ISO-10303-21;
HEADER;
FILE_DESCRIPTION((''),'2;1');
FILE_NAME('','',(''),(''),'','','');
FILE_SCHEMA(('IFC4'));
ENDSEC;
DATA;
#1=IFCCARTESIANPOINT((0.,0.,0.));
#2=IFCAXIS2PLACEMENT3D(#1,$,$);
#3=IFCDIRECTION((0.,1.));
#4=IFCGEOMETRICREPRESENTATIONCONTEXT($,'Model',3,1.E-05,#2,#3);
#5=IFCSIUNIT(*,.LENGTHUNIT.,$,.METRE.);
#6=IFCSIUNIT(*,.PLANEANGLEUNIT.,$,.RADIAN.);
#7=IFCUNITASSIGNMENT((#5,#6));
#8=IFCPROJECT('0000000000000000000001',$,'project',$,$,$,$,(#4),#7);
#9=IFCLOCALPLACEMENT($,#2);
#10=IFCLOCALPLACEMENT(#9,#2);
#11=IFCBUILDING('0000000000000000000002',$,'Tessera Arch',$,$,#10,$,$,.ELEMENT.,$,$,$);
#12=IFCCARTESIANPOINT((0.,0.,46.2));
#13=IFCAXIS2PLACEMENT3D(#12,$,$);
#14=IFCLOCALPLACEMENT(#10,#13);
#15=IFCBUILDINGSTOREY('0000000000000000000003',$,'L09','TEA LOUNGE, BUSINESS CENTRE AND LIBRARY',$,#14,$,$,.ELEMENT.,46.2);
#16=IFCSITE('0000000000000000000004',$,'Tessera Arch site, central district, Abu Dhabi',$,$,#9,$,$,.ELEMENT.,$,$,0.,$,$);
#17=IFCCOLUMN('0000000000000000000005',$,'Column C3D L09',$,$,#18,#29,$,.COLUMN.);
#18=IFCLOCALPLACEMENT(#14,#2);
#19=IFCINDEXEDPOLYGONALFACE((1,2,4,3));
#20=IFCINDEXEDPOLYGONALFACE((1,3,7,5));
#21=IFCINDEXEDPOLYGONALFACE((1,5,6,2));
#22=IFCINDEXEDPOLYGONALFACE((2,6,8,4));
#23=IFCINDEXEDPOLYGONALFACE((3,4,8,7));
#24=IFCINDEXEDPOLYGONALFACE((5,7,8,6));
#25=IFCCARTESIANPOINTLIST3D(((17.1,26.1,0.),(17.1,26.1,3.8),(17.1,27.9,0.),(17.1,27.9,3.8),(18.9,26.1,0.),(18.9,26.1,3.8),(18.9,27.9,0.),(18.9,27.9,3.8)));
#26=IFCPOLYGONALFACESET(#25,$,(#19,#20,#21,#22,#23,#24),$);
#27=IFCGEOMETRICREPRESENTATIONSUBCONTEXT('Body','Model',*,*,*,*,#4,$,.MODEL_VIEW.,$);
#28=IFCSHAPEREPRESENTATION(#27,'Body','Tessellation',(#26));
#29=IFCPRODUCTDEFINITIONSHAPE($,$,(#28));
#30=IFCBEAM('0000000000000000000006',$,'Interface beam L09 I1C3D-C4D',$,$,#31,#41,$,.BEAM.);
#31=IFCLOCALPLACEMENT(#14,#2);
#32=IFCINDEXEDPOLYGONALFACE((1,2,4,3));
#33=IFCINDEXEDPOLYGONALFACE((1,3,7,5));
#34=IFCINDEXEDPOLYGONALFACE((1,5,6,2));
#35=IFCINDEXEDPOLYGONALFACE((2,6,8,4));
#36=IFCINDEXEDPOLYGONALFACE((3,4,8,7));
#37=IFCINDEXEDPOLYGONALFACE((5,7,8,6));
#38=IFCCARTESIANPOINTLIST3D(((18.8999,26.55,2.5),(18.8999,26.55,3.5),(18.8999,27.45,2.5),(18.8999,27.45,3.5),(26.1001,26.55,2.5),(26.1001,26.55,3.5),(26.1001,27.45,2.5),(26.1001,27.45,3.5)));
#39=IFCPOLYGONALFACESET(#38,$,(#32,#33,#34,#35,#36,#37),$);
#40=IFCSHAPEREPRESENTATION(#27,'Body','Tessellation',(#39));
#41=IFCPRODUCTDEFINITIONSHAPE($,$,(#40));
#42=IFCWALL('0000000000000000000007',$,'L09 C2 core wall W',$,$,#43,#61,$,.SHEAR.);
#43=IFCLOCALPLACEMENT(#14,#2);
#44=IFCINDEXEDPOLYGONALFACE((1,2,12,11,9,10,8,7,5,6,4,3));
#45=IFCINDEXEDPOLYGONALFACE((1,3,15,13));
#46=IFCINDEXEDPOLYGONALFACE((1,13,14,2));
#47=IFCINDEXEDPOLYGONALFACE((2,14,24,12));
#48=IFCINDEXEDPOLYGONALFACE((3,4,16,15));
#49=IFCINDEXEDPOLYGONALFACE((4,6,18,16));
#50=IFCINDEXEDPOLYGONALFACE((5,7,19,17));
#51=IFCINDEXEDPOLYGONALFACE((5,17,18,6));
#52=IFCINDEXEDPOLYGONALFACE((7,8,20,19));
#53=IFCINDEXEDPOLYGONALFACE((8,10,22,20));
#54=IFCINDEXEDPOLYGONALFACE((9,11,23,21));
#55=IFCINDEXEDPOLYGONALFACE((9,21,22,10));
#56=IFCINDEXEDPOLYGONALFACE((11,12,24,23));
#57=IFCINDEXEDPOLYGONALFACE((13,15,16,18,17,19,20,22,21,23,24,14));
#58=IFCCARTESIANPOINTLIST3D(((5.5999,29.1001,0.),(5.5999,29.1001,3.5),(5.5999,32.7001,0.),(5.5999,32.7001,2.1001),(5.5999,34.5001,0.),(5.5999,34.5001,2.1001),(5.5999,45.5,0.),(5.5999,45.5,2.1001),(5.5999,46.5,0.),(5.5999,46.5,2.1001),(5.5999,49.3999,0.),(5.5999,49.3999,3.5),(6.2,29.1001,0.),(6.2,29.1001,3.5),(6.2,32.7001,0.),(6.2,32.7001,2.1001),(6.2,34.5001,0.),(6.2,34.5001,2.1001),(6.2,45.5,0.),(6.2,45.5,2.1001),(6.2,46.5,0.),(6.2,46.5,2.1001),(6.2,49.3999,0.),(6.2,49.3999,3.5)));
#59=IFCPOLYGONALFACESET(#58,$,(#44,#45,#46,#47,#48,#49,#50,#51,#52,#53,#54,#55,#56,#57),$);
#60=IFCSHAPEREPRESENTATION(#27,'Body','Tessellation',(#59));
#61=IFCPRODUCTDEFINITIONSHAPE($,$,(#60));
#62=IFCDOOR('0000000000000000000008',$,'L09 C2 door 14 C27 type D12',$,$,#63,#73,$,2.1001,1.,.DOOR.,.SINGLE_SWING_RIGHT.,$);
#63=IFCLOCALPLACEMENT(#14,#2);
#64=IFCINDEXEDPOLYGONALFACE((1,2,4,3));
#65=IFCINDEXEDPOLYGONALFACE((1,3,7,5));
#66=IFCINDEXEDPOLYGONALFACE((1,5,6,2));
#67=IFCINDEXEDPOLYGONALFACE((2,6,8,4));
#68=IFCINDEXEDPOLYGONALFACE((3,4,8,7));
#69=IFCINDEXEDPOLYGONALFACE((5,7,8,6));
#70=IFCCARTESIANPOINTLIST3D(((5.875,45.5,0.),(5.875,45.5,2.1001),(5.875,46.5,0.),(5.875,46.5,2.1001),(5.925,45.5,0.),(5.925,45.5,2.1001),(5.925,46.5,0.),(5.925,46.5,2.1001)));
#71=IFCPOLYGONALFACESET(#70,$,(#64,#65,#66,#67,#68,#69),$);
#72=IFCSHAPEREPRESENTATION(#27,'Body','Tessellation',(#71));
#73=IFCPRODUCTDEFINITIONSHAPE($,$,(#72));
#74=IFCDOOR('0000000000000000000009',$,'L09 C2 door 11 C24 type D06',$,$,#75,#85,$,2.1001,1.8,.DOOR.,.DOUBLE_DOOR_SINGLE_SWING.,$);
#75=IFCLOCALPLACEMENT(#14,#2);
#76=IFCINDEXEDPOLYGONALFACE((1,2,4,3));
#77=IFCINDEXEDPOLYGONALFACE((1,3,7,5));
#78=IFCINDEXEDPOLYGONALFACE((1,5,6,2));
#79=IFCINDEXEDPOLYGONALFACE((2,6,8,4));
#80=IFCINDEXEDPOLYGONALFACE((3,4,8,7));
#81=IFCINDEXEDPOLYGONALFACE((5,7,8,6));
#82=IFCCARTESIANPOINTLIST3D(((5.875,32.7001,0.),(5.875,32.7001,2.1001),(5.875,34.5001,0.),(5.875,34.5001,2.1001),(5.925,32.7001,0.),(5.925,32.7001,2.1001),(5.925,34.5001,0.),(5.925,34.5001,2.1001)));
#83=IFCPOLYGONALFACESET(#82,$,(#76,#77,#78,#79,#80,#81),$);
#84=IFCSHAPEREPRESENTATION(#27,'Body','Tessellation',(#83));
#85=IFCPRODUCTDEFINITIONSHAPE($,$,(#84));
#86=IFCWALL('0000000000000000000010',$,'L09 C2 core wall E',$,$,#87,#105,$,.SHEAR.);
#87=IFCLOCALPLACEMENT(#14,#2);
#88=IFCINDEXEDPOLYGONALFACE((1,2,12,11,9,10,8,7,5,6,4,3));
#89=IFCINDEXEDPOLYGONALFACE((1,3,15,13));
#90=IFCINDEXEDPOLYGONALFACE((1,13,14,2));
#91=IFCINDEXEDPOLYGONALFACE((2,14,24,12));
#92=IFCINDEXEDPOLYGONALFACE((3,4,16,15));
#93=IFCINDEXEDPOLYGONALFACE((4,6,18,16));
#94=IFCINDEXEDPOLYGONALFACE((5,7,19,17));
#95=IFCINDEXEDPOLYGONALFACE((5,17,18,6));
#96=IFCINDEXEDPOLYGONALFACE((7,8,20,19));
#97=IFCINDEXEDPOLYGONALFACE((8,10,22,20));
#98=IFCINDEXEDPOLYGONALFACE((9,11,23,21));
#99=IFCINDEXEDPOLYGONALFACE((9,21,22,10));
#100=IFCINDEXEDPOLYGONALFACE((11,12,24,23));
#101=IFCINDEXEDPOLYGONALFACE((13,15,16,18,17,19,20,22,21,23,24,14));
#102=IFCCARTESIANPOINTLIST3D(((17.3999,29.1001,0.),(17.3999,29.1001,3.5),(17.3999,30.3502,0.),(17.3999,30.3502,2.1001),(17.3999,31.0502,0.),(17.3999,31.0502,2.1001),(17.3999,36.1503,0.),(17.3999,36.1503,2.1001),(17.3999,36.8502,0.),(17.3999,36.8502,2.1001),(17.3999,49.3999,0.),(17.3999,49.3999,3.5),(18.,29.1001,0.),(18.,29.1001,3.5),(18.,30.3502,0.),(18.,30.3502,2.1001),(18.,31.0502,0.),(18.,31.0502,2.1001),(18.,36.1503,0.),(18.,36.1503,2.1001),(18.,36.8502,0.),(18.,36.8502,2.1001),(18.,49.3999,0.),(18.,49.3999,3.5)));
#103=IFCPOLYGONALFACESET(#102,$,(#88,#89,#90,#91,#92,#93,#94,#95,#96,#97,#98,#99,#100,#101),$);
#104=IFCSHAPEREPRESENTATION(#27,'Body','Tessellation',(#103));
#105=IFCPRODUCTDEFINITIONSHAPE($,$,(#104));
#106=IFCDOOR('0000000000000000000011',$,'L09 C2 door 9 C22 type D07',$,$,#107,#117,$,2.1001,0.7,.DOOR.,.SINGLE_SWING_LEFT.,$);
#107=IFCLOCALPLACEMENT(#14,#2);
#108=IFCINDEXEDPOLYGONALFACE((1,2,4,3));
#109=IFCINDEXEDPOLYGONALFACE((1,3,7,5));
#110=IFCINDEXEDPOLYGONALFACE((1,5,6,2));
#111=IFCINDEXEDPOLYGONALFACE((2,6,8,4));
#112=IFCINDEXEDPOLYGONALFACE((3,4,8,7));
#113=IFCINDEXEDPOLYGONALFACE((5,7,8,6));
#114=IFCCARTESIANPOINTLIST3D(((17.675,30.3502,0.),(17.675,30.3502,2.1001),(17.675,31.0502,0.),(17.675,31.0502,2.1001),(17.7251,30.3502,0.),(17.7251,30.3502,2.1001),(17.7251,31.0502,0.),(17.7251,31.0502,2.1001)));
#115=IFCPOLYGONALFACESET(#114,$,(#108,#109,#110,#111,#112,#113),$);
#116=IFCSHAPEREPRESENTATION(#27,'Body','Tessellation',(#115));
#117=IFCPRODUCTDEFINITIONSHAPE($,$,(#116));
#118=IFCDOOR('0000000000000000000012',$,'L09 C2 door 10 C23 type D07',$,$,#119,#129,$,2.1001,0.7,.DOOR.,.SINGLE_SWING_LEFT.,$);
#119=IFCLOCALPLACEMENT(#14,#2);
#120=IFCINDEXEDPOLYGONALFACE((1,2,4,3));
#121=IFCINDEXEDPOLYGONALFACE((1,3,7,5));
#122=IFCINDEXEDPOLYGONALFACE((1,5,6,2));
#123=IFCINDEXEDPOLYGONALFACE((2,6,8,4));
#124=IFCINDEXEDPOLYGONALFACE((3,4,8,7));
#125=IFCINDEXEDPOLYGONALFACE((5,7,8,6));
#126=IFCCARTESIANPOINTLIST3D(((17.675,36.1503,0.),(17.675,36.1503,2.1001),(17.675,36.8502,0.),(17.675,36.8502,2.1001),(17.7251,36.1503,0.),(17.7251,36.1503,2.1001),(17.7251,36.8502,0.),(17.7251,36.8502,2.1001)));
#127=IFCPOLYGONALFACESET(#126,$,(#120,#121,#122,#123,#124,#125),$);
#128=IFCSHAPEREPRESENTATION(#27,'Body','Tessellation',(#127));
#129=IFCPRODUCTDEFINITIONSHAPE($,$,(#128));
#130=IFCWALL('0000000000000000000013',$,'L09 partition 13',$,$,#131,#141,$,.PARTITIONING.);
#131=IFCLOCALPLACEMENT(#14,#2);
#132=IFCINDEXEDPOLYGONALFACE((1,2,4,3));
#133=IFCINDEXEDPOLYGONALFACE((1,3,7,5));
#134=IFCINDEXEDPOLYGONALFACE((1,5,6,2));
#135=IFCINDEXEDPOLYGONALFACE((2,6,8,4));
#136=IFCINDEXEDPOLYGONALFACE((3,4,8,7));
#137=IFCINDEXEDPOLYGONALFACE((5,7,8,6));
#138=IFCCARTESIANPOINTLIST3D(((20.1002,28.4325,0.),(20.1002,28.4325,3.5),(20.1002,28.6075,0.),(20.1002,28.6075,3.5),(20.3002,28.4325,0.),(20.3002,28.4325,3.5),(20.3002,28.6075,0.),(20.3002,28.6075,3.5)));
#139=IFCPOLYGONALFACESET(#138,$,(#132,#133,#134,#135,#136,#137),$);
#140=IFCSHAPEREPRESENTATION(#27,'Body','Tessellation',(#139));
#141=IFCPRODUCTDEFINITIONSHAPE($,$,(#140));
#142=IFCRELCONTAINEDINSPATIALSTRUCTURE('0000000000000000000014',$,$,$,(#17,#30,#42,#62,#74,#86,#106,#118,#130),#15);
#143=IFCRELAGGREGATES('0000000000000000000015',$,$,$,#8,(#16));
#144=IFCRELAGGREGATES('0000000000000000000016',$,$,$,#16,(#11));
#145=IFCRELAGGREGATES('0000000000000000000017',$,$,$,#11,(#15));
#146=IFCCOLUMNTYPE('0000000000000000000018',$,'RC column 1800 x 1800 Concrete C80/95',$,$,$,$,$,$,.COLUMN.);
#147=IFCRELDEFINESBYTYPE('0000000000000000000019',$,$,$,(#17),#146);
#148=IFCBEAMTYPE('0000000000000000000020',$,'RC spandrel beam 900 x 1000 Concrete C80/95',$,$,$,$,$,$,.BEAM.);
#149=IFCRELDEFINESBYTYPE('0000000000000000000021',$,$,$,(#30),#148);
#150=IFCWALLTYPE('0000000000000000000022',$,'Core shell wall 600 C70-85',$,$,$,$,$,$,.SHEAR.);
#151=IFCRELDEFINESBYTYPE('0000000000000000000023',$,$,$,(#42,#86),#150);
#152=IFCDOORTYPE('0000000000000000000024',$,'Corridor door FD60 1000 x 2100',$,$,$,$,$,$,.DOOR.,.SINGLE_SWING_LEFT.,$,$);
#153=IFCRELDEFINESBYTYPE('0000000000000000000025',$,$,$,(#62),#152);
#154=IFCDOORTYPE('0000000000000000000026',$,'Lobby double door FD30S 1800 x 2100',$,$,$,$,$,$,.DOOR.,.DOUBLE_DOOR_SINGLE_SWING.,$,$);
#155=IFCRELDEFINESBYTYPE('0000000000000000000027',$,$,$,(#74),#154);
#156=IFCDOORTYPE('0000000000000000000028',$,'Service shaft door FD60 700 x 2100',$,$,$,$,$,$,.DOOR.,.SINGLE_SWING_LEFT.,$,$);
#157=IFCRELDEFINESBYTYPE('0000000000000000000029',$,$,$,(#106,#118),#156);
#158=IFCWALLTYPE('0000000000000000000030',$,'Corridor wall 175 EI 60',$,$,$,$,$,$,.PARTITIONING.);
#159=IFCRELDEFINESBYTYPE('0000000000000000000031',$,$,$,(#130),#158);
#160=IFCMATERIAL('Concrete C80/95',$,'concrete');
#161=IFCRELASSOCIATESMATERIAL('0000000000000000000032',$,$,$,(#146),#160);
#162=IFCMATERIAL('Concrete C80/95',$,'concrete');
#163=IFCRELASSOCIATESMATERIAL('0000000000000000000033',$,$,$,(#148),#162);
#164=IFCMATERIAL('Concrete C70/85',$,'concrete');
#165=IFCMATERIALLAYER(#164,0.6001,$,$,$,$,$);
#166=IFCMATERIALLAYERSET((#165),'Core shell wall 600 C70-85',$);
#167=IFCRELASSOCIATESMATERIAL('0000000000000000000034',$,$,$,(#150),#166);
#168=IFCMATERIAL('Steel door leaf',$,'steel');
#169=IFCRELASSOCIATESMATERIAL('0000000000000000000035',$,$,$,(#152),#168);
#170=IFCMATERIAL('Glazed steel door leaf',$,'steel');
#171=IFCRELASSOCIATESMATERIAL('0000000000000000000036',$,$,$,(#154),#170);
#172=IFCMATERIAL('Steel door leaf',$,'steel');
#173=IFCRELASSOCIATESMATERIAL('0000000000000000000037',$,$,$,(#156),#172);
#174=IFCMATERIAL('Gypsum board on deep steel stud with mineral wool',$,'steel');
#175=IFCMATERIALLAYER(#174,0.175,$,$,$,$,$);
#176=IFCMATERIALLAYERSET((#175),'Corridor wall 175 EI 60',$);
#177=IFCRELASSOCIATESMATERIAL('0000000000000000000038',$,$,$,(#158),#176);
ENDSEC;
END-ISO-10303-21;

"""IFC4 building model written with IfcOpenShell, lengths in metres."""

from ifc_helpers import new_model, si_unit, direction, frame, frame_2d, origin, origin_2d, place, context, subcontext, project, spatial, rectangle, extrude, material, layer, layer_set, material_profile, profile_set, type_object, element, fill, save


model = new_model("IFC4")

# Units and contexts
model_context = context("Model", 3, precision=1e-05, world=origin(), true_north=direction((0.0, 1.0)))
body_context = subcontext(model_context, "Body", "Model", "MODEL_VIEW")
ifc_project = project(units=[si_unit("LENGTHUNIT", "METRE"), si_unit("PLANEANGLEUNIT", "RADIAN")], contexts=[model_context])

# Site, building, storey
site_placement = place(None, origin())
site = spatial("IfcSite", under=ifc_project, at=site_placement, Name="Tessera Arch site, central district, Abu Dhabi", CompositionType="ELEMENT", RefElevation=0.0)
building_placement = place(site_placement, origin())
building = spatial("IfcBuilding", under=site, at=building_placement, Name="Tessera Arch", CompositionType="ELEMENT")
storey_placement = place(building_placement, frame((0.0, 0.0, 46.2)))
storey = spatial("IfcBuildingStorey", under=building, at=storey_placement, Name="L09", Description="TEA LOUNGE, BUSINESS CENTRE AND LIBRARY", CompositionType="ELEMENT", Elevation=46.2)

# Column
ifc_material_1 = material(Name="Concrete C80/95", Category="concrete")
ifc_material_profile_1 = material_profile(ifc_material_1, rectangle(XDim=1.8, YDim=1.8, at=origin_2d()), Name="RC column 1800 x 1800 Concrete C80/95")
ifc_profile_set_1 = profile_set([ifc_material_profile_1], Name="Concrete C80/95")
column_type = type_object("IfcColumnType", Name="RC column 1800 x 1800 Concrete C80/95", PredefinedType="COLUMN", material=ifc_profile_set_1)
column_placement = place(storey_placement, frame((18.0, 27.0, 0.0), z_axis=(0.0, 0.0, 1.0), x_axis=(1.0, 0.0, 0.0)))
element("IfcColumn", 1, at=column_placement, inside=storey, type_object=column_type, Name="Column C3D L09", PredefinedType="COLUMN", context=body_context, shape_type="SweptSolid", body=[
    extrude(rectangle(XDim=1.8, YDim=1.8, at=origin_2d()), origin(), (0.0, 0.0, 1.0), 3.8),
])

# Beam
ifc_material_2 = material(Name="Concrete C80/95", Category="concrete")
ifc_material_profile_2 = material_profile(ifc_material_2, rectangle(XDim=0.8999, YDim=1.0, at=origin_2d()), Name="RC spandrel beam 900 x 1000 Concrete C80/95")
ifc_profile_set_2 = profile_set([ifc_material_profile_2], Name="Concrete C80/95")
beam_type = type_object("IfcBeamType", Name="RC spandrel beam 900 x 1000 Concrete C80/95", PredefinedType="BEAM", material=ifc_profile_set_2)
beam_placement = place(storey_placement, frame((18.8999, 27.0, 3.0), z_axis=(1.0, 0.0, 0.0), x_axis=(0.0, 1.0, 0.0)))
element("IfcBeam", 2, at=beam_placement, inside=storey, type_object=beam_type, Name="Interface beam L09 I1C3D-C4D", PredefinedType="BEAM", context=body_context, shape_type="SweptSolid", body=[
    extrude(rectangle(XDim=0.8999, YDim=1.0, at=origin_2d()), origin(), (0.0, 0.0, 1.0), 7.2002),
])

# Walls, openings, doors
ifc_material_3 = material(Name="Concrete C70/85", Category="concrete")
ifc_layer_1 = layer(ifc_material_3, 0.6001)
ifc_layer_set_1 = layer_set([ifc_layer_1], Name="Core shell wall 600 C70-85")
wall_type_1 = type_object("IfcWallType", Name="Core shell wall 600 C70-85", PredefinedType="SHEAR", material=ifc_layer_set_1)
wall_1_placement = place(storey_placement, frame((5.8999, 29.1001, 0.0), z_axis=(0.0, 0.0, 1.0), x_axis=(0.0, 1.0, 0.0)))
wall_1 = element("IfcWall", 3, at=wall_1_placement, inside=storey, type_object=wall_type_1, Name="L09 C2 core wall W", PredefinedType="SHEAR", context=body_context, shape_type="SweptSolid", body=[
    extrude(rectangle(XDim=20.2998, YDim=0.6001, at=frame_2d((10.1499, 0.0))), origin(), (0.0, 0.0, 1.0), 3.5),
])
opening_1_placement = place(wall_1_placement, frame((3.6001, 0.0, 0.0)))
opening_1 = element("IfcOpeningElement", 4, at=opening_1_placement, cuts=wall_1, PredefinedType="OPENING", context=body_context, shape_type="SweptSolid", body=[
    extrude(rectangle(XDim=1.8, YDim=2.1001, at=frame_2d((0.8999, 1.05))), frame((0.0, 0.3101, 0.0), z_axis=(0.0, -1.0, 0.0), x_axis=(1.0, 0.0, 0.0)), (0.0, 0.0, 1.0), 0.6201),
])
opening_2_placement = place(wall_1_placement, frame((16.3999, 0.0, 0.0)))
opening_2 = element("IfcOpeningElement", 5, at=opening_2_placement, cuts=wall_1, PredefinedType="OPENING", context=body_context, shape_type="SweptSolid", body=[
    extrude(rectangle(XDim=1.0, YDim=2.1001, at=frame_2d((0.5, 1.05))), frame((0.0, 0.3101, 0.0), z_axis=(0.0, -1.0, 0.0), x_axis=(1.0, 0.0, 0.0)), (0.0, 0.0, 1.0), 0.6201),
])
ifc_material_4 = material(Name="Steel door leaf", Category="steel")
door_type_1 = type_object("IfcDoorType", Name="Corridor door FD60 1000 x 2100", OperationType="SINGLE_SWING_LEFT", PredefinedType="DOOR", material=ifc_material_4)
door_1_placement = place(opening_2_placement, origin())
door_1 = element("IfcDoor", 6, at=door_1_placement, inside=storey, type_object=door_type_1, Name="L09 C2 door 14 C27 type D12", OperationType="SINGLE_SWING_RIGHT", OverallHeight=2.1001, OverallWidth=1.0, PredefinedType="DOOR", context=body_context, shape_type="SweptSolid", body=[
    extrude(rectangle(XDim=1.0, YDim=2.1001, at=frame_2d((0.5, 1.05))), frame((0.0, 0.0249, 0.0), z_axis=(0.0, -1.0, 0.0), x_axis=(1.0, 0.0, 0.0)), (0.0, 0.0, 1.0), 0.05),
])
fill(opening_2, door_1)
ifc_material_5 = material(Name="Glazed steel door leaf", Category="steel")
door_type_2 = type_object("IfcDoorType", Name="Lobby double door FD30S 1800 x 2100", OperationType="DOUBLE_DOOR_SINGLE_SWING", PredefinedType="DOOR", material=ifc_material_5)
door_2_placement = place(opening_1_placement, origin())
door_2 = element("IfcDoor", 7, at=door_2_placement, inside=storey, type_object=door_type_2, Name="L09 C2 door 11 C24 type D06", OperationType="DOUBLE_DOOR_SINGLE_SWING", OverallHeight=2.1001, OverallWidth=1.8, PredefinedType="DOOR", context=body_context, shape_type="SweptSolid", body=[
    extrude(rectangle(XDim=1.8, YDim=2.1001, at=frame_2d((0.8999, 1.05))), frame((0.0, 0.0249, 0.0), z_axis=(0.0, -1.0, 0.0), x_axis=(1.0, 0.0, 0.0)), (0.0, 0.0, 1.0), 0.05),
])
fill(opening_1, door_2)
wall_2_placement = place(storey_placement, frame((17.7, 29.1001, 0.0), z_axis=(0.0, 0.0, 1.0), x_axis=(0.0, 1.0, 0.0)))
wall_2 = element("IfcWall", 8, at=wall_2_placement, inside=storey, type_object=wall_type_1, Name="L09 C2 core wall E", PredefinedType="SHEAR", context=body_context, shape_type="SweptSolid", body=[
    extrude(rectangle(XDim=20.2998, YDim=0.6001, at=frame_2d((10.1499, 0.0))), origin(), (0.0, 0.0, 1.0), 3.5),
])
opening_3_placement = place(wall_2_placement, frame((1.25, 0.0, 0.0)))
opening_3 = element("IfcOpeningElement", 9, at=opening_3_placement, cuts=wall_2, PredefinedType="OPENING", context=body_context, shape_type="SweptSolid", body=[
    extrude(rectangle(XDim=0.7, YDim=2.1001, at=frame_2d((0.3501, 1.05))), frame((0.0, 0.3101, 0.0), z_axis=(0.0, -1.0, 0.0), x_axis=(1.0, 0.0, 0.0)), (0.0, 0.0, 1.0), 0.6201),
])
opening_4_placement = place(wall_2_placement, frame((7.05, 0.0, 0.0)))
opening_4 = element("IfcOpeningElement", 10, at=opening_4_placement, cuts=wall_2, PredefinedType="OPENING", context=body_context, shape_type="SweptSolid", body=[
    extrude(rectangle(XDim=0.7, YDim=2.1001, at=frame_2d((0.3501, 1.05))), frame((0.0, 0.3101, 0.0), z_axis=(0.0, -1.0, 0.0), x_axis=(1.0, 0.0, 0.0)), (0.0, 0.0, 1.0), 0.6201),
])
ifc_material_6 = material(Name="Steel door leaf", Category="steel")
door_type_3 = type_object("IfcDoorType", Name="Service shaft door FD60 700 x 2100", OperationType="SINGLE_SWING_LEFT", PredefinedType="DOOR", material=ifc_material_6)
door_3_placement = place(opening_3_placement, origin())
door_3 = element("IfcDoor", 11, at=door_3_placement, inside=storey, type_object=door_type_3, Name="L09 C2 door 9 C22 type D07", OperationType="SINGLE_SWING_LEFT", OverallHeight=2.1001, OverallWidth=0.7, PredefinedType="DOOR", context=body_context, shape_type="SweptSolid", body=[
    extrude(rectangle(XDim=0.7, YDim=2.1001, at=frame_2d((0.3501, 1.05))), frame((0.0, 0.0249, 0.0), z_axis=(0.0, -1.0, 0.0), x_axis=(1.0, 0.0, 0.0)), (0.0, 0.0, 1.0), 0.05),
])
fill(opening_3, door_3)
door_4_placement = place(opening_4_placement, origin())
door_4 = element("IfcDoor", 12, at=door_4_placement, inside=storey, type_object=door_type_3, Name="L09 C2 door 10 C23 type D07", OperationType="SINGLE_SWING_LEFT", OverallHeight=2.1001, OverallWidth=0.7, PredefinedType="DOOR", context=body_context, shape_type="SweptSolid", body=[
    extrude(rectangle(XDim=0.7, YDim=2.1001, at=frame_2d((0.3501, 1.05))), frame((0.0, 0.0249, 0.0), z_axis=(0.0, -1.0, 0.0), x_axis=(1.0, 0.0, 0.0)), (0.0, 0.0, 1.0), 0.05),
])
fill(opening_4, door_4)

# Wall
ifc_material_7 = material(Name="Gypsum board on deep steel stud with mineral wool", Category="steel")
ifc_layer_2 = layer(ifc_material_7, 0.175)
ifc_layer_set_2 = layer_set([ifc_layer_2], Name="Corridor wall 175 EI 60")
wall_type_2 = type_object("IfcWallType", Name="Corridor wall 175 EI 60", PredefinedType="PARTITIONING", material=ifc_layer_set_2)
wall_3_placement = place(storey_placement, frame((20.1001, 28.52, 0.0), z_axis=(0.0, 0.0, 1.0), x_axis=(1.0, 0.0, 0.0)))
element("IfcWall", 13, at=wall_3_placement, inside=storey, type_object=wall_type_2, Name="L09 partition 13", PredefinedType="PARTITIONING", context=body_context, shape_type="SweptSolid", body=[
    extrude(rectangle(XDim=0.2, YDim=0.175, at=frame_2d((0.1001, 0.0))), origin(), (0.0, 0.0, 1.0), 3.5),
])

save(model, "model.ifc")
